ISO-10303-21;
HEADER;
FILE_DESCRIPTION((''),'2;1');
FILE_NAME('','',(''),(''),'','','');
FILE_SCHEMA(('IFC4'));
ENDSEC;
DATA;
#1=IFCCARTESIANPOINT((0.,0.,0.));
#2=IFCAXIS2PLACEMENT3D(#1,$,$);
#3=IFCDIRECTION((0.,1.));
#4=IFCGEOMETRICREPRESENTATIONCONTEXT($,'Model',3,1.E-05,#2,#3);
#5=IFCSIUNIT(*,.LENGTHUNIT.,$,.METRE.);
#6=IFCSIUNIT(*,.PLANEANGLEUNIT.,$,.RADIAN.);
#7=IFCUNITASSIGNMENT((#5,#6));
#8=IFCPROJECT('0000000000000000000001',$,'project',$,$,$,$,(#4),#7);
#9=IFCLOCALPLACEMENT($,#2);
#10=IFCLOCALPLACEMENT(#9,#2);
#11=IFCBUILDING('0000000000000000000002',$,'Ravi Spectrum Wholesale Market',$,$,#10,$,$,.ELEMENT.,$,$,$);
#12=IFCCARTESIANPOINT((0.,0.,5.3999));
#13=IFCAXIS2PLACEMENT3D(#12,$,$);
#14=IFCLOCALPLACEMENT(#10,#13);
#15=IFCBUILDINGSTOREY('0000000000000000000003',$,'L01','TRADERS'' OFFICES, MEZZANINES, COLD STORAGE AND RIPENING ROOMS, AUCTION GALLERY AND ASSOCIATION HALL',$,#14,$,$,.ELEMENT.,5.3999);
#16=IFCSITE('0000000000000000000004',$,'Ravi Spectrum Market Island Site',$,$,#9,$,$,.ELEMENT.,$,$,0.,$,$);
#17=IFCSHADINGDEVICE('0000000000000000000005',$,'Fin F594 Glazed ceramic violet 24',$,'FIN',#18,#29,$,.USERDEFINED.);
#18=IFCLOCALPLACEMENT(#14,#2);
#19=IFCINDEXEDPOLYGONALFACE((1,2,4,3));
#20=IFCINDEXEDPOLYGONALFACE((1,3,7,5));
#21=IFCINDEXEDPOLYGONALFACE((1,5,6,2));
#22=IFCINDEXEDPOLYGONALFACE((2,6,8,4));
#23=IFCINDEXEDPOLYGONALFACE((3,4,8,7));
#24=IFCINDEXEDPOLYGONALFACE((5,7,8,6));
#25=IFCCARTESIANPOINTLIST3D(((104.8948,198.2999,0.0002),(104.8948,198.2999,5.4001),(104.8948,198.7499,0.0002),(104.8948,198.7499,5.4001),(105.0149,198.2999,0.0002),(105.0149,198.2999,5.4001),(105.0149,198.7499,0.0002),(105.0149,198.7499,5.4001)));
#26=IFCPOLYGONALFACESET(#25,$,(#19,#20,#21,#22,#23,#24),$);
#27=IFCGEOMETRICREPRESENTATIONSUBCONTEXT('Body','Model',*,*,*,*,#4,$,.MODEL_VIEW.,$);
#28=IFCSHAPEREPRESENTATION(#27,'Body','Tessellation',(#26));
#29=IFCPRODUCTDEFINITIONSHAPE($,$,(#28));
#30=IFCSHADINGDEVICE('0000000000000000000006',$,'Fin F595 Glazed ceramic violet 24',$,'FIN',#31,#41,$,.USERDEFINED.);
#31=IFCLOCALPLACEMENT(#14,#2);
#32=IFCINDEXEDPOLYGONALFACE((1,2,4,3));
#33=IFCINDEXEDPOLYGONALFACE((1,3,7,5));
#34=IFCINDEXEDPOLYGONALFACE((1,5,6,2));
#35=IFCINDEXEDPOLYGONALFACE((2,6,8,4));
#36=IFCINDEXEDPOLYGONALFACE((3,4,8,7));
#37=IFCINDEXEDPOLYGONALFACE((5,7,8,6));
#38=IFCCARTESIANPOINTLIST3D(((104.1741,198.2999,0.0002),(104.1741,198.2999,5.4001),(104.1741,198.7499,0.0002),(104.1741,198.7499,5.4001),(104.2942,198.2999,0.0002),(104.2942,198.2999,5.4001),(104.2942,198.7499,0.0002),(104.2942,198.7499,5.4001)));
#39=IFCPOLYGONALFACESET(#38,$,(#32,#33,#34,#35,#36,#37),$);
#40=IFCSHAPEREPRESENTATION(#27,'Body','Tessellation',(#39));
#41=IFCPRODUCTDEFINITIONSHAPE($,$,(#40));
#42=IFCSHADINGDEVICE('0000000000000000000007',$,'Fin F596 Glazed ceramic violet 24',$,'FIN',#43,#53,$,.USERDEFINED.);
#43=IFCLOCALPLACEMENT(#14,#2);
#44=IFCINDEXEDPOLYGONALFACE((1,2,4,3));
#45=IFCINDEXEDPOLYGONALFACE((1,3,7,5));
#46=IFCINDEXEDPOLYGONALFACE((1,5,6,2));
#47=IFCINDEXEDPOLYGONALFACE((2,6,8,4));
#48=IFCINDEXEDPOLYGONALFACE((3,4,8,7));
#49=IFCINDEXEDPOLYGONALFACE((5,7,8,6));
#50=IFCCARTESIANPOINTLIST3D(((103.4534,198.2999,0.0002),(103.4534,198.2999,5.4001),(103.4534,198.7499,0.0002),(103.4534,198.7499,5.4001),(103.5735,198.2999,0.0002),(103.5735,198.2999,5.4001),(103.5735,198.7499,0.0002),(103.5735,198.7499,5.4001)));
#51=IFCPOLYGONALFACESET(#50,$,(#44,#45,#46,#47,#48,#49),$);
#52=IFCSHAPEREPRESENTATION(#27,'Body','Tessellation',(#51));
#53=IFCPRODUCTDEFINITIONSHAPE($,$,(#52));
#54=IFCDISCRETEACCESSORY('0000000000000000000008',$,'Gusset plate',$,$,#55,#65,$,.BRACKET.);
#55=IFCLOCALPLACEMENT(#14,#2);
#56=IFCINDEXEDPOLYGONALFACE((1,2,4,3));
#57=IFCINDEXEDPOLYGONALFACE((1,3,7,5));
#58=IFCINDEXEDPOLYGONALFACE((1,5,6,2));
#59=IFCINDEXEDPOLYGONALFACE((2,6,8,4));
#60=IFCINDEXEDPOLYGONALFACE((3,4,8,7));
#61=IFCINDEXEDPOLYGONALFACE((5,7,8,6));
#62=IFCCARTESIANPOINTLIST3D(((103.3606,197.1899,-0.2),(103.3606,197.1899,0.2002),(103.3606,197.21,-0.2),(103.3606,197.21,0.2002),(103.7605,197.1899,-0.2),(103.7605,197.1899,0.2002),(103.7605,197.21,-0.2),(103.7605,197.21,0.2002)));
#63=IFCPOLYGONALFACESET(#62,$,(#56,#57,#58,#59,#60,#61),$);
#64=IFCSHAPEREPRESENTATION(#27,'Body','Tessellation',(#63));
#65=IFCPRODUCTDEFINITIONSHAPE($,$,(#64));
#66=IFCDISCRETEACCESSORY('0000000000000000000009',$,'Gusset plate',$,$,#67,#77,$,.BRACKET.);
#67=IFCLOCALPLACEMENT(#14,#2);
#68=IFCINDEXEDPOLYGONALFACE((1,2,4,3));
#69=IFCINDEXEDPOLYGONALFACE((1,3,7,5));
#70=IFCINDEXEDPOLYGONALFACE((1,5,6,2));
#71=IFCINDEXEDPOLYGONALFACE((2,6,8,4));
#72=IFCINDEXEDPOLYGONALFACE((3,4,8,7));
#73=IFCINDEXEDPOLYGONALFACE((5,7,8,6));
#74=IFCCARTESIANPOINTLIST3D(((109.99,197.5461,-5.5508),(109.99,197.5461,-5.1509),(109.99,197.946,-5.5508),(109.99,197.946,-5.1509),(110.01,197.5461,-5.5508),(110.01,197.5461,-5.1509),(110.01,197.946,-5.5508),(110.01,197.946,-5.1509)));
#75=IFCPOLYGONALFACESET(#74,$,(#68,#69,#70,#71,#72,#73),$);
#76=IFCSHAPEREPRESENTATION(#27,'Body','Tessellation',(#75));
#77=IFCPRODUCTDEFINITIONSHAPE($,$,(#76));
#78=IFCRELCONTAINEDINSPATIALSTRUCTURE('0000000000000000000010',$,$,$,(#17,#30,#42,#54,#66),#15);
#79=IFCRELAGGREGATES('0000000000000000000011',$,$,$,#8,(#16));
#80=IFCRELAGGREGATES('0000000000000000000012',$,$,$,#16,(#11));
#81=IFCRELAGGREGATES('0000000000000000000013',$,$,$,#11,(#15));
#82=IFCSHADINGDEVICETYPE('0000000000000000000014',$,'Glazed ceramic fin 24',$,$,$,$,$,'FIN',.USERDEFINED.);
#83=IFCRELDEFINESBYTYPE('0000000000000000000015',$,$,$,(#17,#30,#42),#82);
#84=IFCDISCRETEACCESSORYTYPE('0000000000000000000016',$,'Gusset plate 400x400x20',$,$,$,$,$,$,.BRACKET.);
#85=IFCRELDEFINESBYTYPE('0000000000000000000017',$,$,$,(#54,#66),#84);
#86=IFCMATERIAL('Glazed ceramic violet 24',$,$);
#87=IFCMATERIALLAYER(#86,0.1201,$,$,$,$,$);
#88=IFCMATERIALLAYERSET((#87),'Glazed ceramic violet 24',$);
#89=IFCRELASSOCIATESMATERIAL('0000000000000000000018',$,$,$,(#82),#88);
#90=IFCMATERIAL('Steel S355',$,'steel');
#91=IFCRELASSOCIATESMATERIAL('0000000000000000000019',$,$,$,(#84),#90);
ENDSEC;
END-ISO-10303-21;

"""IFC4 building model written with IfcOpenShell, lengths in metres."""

from ifc_helpers import new_model, si_unit, direction, frame, origin, origin_2d, place, context, subcontext, project, spatial, rectangle, extrude, material, layer, layer_set, material_profile, profile_set, type_object, element, save


model = new_model("IFC4")

# Units and contexts
model_context = context("Model", 3, precision=1e-05, world=origin(), true_north=direction((0.0, 1.0)))
body_context = subcontext(model_context, "Body", "Model", "MODEL_VIEW")
ifc_project = project(units=[si_unit("LENGTHUNIT", "METRE"), si_unit("PLANEANGLEUNIT", "RADIAN")], contexts=[model_context])

# Site, building, storey
site_placement = place(None, origin())
site = spatial("IfcSite", under=ifc_project, at=site_placement, Name="Ravi Spectrum Market Island Site", CompositionType="ELEMENT", RefElevation=0.0)
building_placement = place(site_placement, origin())
building = spatial("IfcBuilding", under=site, at=building_placement, Name="Ravi Spectrum Wholesale Market", CompositionType="ELEMENT")
storey_placement = place(building_placement, frame((0.0, 0.0, 5.3999)))
storey = spatial("IfcBuildingStorey", under=building, at=storey_placement, Name="L01", Description="TRADERS' OFFICES, MEZZANINES, COLD STORAGE AND RIPENING ROOMS, AUCTION GALLERY AND ASSOCIATION HALL", CompositionType="ELEMENT", Elevation=5.3999)

# Shading devices
ifc_material_1 = material(Name="Glazed ceramic violet 24")
ifc_layer_1 = layer(ifc_material_1, 0.1201)
ifc_layer_set_1 = layer_set([ifc_layer_1], Name="Glazed ceramic violet 24")
shading_device_type = type_object("IfcShadingDeviceType", Name="Glazed ceramic fin 24", ElementType="FIN", PredefinedType="USERDEFINED", material=ifc_layer_set_1)
for number, where, z_axis, x_axis, name in (
    (1, (104.9548, 198.5249, 0.0002), (0.0, 0.0, 1.0), (-1.0, 0.0, 0.0), "Fin F594 Glazed ceramic violet 24"),
    (2, (104.2341, 198.5249, 0.0002), (0.0, 0.0, 1.0), (-1.0, 0.0, 0.0), "Fin F595 Glazed ceramic violet 24"),
    (3, (103.5134, 198.5249, 0.0002), (0.0, 0.0, 1.0), (-1.0, 0.0, 0.0), "Fin F596 Glazed ceramic violet 24"),
):
    element("IfcShadingDevice", number, at=place(storey_placement, frame(where, z_axis=z_axis, x_axis=x_axis)), inside=storey, type_object=shading_device_type, Name=name, ObjectType="FIN", PredefinedType="USERDEFINED", context=body_context, shape_type="SweptSolid", body=[
        extrude(rectangle(XDim=0.1201, YDim=0.45, at=origin_2d()), origin(), (0.0, 0.0, 1.0), 5.3999),
    ])

# Discrete accessories
ifc_material_2 = material(Name="Steel S355", Category="steel")
ifc_material_profile_1 = material_profile(ifc_material_2, rectangle(XDim=0.3999, YDim=0.02, at=origin_2d()))
ifc_profile_set_1 = profile_set([ifc_material_profile_1], Name="Steel S355")
discrete_accessory_type = type_object("IfcDiscreteAccessoryType", Name="Gusset plate 400x400x20", PredefinedType="BRACKET", material=ifc_profile_set_1)
discrete_accessory_1_placement = place(storey_placement, frame((103.5605, 197.2, -0.2), z_axis=(0.0, 0.0, 1.0), x_axis=(1.0, 0.0, 0.0)))
element("IfcDiscreteAccessory", 4, at=discrete_accessory_1_placement, inside=storey, type_object=discrete_accessory_type, Name="Gusset plate", PredefinedType="BRACKET", context=body_context, shape_type="SweptSolid", body=[
    extrude(rectangle(XDim=0.3999, YDim=0.02, at=origin_2d()), origin(), (0.0, 0.0, 1.0), 0.4001),
])
discrete_accessory_2_placement = place(storey_placement, frame((110.0, 197.7461, -5.5508), z_axis=(0.0, 0.0, 1.0), x_axis=(0.0, -1.0, 0.0)))
element("IfcDiscreteAccessory", 5, at=discrete_accessory_2_placement, inside=storey, type_object=discrete_accessory_type, Name="Gusset plate", PredefinedType="BRACKET", context=body_context, shape_type="SweptSolid", body=[
    extrude(rectangle(XDim=0.3999, YDim=0.02, at=origin_2d()), origin(), (0.0, 0.0, 1.0), 0.3999),
])

save(model, "model.ifc")
